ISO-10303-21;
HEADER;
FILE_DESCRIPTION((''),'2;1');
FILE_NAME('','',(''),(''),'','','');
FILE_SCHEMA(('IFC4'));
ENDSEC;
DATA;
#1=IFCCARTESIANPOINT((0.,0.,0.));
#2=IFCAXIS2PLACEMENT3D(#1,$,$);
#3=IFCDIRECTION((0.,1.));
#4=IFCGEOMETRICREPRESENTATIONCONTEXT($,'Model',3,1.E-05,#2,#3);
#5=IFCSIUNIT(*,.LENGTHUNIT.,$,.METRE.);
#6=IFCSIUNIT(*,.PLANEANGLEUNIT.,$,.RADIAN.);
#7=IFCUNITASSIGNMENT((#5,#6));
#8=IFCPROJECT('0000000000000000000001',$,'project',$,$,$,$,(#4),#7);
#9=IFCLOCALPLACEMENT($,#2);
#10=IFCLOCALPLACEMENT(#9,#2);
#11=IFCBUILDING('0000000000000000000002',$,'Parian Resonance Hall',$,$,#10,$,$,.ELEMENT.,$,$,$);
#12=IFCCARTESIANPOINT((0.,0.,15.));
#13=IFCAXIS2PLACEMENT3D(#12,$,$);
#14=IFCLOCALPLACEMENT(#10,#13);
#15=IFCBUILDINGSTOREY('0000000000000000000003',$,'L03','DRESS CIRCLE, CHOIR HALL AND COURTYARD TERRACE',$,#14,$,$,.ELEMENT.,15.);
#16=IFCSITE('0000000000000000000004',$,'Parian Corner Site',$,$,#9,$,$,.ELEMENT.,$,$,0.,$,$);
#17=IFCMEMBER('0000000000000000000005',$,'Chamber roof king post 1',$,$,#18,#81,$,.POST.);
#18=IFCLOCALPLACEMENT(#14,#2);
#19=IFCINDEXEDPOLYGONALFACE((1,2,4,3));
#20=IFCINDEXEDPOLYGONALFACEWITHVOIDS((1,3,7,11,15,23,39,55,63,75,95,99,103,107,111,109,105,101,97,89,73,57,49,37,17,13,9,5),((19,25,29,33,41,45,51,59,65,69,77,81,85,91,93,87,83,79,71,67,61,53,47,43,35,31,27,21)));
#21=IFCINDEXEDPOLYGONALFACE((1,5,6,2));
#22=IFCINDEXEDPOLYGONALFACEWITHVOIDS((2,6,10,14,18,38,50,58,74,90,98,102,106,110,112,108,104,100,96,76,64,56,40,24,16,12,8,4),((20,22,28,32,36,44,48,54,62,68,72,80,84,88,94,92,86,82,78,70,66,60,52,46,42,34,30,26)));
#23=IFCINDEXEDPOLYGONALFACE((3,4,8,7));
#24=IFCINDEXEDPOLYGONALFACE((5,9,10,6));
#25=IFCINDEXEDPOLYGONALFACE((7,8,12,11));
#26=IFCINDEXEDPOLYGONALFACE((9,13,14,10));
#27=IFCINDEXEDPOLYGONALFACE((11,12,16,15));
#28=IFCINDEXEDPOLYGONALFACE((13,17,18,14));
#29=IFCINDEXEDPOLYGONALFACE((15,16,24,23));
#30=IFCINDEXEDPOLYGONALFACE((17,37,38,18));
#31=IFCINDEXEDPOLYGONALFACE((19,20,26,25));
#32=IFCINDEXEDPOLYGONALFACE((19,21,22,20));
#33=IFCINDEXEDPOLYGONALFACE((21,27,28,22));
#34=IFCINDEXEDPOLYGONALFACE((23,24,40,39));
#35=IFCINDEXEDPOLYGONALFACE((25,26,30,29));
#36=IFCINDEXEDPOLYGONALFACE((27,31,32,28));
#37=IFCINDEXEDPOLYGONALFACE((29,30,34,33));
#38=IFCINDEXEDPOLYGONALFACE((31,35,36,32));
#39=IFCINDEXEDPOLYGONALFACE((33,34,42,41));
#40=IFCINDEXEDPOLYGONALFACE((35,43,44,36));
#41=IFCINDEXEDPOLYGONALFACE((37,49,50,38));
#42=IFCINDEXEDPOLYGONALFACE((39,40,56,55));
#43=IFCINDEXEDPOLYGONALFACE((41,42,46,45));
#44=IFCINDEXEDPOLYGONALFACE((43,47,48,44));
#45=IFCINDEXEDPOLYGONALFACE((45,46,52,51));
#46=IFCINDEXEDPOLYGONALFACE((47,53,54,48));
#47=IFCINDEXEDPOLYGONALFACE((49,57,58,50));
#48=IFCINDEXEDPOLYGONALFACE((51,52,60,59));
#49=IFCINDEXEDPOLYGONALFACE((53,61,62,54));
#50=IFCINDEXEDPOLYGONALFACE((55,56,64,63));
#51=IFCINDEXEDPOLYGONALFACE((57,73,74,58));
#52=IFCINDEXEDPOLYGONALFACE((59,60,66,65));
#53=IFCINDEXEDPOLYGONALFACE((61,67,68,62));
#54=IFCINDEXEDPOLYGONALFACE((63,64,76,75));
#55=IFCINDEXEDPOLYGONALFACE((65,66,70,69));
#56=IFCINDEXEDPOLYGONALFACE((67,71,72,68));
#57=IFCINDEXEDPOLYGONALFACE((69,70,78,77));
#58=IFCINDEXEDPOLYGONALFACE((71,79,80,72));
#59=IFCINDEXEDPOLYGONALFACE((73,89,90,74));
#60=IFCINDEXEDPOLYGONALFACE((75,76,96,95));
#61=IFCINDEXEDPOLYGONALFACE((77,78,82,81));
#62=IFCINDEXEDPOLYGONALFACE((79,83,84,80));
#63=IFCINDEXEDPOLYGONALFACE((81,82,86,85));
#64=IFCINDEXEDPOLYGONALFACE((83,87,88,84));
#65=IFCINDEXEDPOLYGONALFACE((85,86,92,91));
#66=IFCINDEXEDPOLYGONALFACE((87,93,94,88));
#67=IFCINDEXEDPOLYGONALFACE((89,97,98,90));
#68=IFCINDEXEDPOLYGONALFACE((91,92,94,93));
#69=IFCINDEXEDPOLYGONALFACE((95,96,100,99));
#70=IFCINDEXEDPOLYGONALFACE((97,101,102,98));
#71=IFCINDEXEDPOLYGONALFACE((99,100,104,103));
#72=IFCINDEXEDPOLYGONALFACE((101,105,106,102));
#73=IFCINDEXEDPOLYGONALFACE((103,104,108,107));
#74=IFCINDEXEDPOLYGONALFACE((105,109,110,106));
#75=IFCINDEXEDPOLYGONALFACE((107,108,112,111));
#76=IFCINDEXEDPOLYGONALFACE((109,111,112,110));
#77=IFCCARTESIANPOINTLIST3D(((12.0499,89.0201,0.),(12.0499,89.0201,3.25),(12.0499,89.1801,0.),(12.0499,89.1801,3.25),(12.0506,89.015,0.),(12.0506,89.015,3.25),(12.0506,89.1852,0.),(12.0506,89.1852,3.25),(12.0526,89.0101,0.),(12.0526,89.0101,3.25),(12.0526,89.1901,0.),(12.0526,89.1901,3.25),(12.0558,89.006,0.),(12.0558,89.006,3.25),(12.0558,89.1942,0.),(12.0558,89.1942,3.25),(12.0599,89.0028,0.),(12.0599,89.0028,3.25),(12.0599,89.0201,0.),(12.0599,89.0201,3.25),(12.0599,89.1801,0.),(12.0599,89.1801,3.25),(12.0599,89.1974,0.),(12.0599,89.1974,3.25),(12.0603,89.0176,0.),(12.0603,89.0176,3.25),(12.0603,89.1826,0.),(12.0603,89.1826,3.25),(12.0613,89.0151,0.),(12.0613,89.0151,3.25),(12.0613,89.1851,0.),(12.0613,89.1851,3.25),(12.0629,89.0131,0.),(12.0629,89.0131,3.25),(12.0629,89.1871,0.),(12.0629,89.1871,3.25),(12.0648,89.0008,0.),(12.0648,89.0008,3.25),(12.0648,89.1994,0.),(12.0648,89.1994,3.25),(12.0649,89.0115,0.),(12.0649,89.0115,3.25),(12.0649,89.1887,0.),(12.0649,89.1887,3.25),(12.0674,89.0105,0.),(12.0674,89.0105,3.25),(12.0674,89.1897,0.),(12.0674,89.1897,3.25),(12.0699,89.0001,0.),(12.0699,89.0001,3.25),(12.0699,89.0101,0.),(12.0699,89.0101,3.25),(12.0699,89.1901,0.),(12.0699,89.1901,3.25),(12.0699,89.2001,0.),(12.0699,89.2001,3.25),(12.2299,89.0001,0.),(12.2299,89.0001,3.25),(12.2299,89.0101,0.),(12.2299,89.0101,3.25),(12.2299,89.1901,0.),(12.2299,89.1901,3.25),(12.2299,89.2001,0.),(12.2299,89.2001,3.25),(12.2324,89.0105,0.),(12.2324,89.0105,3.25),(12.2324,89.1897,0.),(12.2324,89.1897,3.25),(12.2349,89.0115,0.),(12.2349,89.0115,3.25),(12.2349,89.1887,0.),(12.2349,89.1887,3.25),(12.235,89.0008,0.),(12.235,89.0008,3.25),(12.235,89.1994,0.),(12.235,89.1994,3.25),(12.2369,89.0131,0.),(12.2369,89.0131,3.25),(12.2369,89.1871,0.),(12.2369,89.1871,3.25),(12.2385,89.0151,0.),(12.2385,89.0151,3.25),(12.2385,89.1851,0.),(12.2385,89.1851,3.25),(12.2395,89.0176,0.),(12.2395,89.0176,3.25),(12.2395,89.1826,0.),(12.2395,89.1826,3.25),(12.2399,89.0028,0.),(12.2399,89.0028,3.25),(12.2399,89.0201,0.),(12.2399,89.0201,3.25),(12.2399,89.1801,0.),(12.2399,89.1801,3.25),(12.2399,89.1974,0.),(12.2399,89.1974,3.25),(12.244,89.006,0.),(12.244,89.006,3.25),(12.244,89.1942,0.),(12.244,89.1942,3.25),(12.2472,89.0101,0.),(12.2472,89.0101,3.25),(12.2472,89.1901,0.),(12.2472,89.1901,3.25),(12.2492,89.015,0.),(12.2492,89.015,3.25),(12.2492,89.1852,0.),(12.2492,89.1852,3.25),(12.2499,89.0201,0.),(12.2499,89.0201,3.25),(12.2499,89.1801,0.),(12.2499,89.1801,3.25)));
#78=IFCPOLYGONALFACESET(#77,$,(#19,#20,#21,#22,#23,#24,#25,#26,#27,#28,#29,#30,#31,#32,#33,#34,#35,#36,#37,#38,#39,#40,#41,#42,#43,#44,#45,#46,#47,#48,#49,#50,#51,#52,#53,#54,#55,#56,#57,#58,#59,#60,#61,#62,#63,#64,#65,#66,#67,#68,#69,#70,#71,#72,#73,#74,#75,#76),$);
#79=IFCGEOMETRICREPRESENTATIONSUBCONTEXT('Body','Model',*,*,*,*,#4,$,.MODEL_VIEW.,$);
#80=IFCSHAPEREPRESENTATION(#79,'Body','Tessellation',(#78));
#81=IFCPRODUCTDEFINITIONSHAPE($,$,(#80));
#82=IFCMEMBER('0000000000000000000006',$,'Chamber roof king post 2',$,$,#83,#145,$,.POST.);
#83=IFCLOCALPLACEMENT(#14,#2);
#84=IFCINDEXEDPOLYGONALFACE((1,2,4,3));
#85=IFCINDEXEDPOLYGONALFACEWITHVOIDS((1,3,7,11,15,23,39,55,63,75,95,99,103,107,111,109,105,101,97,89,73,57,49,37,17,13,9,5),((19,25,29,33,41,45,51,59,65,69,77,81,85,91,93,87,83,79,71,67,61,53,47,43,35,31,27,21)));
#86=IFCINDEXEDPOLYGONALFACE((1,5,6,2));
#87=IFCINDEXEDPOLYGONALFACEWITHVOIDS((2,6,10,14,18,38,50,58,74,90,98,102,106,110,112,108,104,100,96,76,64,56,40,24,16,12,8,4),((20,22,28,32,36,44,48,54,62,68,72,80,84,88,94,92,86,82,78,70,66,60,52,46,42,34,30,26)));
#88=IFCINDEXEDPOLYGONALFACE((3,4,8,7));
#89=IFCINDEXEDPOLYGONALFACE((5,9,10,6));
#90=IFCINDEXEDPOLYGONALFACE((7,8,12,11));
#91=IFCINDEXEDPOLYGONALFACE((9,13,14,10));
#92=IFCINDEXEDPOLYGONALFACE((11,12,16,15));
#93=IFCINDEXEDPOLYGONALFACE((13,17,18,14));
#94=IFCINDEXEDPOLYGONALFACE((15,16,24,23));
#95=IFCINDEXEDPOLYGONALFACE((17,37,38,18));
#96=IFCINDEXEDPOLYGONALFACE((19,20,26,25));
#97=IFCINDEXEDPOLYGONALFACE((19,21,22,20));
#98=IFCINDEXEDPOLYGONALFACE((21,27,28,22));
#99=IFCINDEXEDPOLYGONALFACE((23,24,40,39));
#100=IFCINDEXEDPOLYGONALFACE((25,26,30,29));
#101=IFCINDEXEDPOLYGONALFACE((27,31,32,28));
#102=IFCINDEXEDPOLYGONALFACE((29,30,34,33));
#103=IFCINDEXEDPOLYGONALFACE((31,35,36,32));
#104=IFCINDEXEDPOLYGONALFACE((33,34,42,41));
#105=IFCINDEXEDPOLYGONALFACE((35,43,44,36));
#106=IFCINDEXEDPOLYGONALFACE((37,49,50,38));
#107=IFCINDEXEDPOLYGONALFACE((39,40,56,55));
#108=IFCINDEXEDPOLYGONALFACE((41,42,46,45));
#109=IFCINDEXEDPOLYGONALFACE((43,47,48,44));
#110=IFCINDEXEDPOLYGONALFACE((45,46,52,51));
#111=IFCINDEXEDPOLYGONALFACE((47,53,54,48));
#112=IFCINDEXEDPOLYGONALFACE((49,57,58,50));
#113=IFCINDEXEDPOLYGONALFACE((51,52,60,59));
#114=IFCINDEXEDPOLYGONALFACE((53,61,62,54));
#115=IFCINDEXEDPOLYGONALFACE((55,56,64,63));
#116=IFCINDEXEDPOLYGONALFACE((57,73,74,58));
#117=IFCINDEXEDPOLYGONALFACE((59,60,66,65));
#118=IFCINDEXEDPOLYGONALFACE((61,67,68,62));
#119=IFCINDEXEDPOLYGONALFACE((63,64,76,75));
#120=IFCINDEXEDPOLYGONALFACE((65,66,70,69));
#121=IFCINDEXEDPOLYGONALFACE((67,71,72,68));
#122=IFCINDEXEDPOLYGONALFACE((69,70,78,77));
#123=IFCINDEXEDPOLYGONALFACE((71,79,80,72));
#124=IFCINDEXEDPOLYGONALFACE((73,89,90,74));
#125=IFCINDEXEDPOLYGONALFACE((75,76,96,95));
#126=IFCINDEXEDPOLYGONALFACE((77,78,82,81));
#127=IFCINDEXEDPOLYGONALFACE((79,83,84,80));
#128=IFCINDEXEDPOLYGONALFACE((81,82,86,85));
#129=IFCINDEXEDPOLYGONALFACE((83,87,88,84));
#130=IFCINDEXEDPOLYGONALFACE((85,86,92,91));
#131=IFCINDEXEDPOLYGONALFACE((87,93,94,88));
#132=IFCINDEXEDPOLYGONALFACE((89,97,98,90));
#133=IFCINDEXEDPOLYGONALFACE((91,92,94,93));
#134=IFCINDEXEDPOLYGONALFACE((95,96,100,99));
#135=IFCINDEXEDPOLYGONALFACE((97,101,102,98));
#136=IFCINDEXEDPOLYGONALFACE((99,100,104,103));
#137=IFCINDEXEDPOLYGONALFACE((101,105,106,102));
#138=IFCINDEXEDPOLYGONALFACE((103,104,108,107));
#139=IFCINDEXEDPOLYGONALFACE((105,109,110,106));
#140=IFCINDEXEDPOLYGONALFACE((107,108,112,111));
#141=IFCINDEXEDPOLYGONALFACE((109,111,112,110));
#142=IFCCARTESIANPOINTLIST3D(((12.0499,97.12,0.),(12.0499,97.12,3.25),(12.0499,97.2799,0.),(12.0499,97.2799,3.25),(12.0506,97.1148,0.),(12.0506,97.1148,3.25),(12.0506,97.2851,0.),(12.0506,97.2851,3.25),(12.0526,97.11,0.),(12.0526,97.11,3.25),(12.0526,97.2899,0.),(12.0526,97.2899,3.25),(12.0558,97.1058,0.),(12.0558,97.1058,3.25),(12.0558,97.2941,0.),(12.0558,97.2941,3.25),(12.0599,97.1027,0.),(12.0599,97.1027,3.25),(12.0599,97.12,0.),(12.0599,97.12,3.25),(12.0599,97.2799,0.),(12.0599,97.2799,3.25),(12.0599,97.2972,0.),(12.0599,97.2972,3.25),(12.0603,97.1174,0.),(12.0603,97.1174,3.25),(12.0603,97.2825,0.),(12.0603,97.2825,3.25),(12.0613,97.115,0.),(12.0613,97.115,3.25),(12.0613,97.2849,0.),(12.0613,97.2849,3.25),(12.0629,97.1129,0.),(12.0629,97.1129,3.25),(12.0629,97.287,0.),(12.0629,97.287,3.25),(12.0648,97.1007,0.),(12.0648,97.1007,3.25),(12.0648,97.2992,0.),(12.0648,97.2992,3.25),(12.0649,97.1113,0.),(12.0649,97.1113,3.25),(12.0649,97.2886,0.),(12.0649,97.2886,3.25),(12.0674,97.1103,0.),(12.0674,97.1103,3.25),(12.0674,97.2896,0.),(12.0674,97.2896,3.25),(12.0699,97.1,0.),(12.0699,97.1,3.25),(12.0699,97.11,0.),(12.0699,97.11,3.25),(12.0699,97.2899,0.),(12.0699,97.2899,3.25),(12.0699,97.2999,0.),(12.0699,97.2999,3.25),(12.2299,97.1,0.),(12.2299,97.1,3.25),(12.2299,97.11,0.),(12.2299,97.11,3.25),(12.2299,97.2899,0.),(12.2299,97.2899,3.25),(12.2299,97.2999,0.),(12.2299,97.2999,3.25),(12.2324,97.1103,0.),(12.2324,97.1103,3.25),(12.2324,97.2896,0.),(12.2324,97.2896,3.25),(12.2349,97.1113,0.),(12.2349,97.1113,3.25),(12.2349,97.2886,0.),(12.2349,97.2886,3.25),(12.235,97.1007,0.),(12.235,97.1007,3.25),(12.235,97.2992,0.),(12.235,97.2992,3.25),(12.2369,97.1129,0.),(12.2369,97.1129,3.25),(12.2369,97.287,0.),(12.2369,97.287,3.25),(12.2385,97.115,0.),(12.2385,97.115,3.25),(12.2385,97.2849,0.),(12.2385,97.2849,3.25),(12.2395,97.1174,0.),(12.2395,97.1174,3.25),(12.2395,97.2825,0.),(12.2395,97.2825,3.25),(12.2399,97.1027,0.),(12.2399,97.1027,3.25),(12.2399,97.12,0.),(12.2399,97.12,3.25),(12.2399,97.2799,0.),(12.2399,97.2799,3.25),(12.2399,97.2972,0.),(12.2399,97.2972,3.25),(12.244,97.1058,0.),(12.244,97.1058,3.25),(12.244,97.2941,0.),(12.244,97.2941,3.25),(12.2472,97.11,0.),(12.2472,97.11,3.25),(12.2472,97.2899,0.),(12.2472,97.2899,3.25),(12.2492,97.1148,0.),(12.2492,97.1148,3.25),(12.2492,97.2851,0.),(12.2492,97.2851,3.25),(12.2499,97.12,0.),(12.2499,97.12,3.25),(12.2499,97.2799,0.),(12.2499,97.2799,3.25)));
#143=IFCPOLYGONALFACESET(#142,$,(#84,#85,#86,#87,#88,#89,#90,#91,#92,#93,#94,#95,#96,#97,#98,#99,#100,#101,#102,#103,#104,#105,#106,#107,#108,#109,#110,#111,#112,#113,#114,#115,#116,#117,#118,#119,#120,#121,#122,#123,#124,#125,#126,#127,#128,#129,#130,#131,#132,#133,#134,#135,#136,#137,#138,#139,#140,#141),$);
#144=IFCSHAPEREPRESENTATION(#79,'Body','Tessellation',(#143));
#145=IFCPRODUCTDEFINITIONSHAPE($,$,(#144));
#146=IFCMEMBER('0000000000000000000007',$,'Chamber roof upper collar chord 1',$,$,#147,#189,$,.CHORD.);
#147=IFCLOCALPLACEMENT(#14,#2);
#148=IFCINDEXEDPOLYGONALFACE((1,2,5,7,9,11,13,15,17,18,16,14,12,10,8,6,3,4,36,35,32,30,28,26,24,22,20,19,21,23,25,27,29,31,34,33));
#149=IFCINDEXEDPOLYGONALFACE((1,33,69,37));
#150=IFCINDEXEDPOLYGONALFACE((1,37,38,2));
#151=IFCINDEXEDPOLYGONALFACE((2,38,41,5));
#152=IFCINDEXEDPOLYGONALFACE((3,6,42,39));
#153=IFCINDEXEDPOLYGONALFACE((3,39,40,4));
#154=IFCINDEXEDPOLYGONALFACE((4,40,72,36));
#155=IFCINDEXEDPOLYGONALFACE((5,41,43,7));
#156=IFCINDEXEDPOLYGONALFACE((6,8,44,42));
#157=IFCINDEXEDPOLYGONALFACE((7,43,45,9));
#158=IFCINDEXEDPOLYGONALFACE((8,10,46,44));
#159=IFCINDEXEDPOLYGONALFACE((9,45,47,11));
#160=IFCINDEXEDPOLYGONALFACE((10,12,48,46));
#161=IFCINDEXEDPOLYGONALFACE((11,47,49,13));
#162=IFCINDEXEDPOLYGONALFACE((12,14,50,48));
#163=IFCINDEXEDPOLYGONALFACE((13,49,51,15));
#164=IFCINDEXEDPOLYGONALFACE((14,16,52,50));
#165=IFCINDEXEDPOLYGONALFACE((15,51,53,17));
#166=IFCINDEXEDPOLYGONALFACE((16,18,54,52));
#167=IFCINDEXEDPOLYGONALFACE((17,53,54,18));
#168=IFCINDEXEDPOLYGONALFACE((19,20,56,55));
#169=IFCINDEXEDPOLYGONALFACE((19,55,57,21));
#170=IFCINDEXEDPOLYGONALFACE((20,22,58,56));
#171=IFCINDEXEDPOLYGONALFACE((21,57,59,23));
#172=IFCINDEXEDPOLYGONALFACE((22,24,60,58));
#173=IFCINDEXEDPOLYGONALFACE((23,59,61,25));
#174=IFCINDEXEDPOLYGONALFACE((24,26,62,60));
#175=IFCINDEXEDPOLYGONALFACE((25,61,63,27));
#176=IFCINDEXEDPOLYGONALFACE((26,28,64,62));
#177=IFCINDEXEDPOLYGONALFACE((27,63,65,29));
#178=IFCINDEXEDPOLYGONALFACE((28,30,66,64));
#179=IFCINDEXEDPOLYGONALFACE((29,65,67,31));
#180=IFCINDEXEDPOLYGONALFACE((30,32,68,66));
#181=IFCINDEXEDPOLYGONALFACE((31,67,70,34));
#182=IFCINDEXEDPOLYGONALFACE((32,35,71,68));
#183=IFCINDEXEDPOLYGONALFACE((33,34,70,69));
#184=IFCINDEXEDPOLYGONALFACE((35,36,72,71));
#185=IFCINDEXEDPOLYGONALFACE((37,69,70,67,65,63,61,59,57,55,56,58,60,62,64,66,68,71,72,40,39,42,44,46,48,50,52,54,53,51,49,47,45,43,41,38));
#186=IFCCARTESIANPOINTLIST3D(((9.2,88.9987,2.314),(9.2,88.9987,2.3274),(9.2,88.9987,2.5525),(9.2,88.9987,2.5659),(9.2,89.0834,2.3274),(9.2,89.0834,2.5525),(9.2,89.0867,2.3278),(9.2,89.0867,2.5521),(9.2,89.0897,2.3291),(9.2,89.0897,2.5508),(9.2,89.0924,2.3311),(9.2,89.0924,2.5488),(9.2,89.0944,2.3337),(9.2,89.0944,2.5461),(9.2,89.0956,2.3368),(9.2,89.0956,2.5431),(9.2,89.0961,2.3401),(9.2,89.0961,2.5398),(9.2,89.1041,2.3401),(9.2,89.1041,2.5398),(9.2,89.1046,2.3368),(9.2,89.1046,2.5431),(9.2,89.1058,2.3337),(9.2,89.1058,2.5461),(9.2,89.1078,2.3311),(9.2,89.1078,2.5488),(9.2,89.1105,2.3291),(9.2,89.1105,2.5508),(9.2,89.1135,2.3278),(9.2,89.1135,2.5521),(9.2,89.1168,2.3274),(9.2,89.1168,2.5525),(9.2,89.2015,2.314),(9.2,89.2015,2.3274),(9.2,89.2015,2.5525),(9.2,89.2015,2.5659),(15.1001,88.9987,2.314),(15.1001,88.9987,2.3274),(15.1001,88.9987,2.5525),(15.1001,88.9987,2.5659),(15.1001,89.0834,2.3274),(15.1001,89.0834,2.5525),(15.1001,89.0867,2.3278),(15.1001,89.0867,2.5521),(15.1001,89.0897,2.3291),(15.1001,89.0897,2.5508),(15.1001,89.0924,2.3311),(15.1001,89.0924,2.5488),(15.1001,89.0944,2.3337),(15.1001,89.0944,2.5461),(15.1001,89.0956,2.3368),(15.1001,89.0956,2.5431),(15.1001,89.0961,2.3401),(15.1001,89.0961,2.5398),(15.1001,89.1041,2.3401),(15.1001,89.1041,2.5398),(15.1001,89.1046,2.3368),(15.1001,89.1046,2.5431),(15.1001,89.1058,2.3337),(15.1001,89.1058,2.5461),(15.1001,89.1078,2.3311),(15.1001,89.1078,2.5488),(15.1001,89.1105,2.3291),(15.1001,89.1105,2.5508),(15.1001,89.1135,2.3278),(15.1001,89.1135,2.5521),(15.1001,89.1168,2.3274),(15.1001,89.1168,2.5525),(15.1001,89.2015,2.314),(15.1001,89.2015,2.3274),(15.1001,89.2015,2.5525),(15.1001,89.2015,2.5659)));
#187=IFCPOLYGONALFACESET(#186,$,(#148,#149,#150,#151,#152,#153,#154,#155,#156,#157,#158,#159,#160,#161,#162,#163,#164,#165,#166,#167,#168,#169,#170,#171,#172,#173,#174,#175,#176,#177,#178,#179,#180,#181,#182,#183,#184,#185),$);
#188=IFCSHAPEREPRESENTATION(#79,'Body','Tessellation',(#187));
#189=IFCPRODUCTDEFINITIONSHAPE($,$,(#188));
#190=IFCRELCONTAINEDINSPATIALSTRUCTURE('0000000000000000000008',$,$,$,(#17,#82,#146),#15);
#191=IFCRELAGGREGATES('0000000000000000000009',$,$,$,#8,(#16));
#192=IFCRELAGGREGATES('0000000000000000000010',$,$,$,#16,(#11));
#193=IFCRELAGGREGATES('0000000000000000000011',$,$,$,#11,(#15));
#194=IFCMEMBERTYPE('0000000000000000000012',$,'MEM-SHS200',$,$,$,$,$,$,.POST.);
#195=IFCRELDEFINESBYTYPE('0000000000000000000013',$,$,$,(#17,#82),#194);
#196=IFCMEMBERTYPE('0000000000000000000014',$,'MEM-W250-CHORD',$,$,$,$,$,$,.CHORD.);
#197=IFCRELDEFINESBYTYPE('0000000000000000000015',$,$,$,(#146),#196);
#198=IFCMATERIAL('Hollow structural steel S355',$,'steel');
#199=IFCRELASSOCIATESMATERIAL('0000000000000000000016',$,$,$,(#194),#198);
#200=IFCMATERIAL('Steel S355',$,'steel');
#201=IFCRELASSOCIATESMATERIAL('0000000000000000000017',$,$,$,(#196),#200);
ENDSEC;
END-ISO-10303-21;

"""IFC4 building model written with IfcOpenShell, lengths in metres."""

from ifc_helpers import new_model, si_unit, direction, frame, origin, origin_2d, place, context, subcontext, project, spatial, hollow_rectangle, i_section, extrude, material, material_profile, profile_set, type_object, element, save


model = new_model("IFC4")

# Units and contexts
model_context = context("Model", 3, precision=1e-05, world=origin(), true_north=direction((0.0, 1.0)))
body_context = subcontext(model_context, "Body", "Model", "MODEL_VIEW")
ifc_project = project(units=[si_unit("LENGTHUNIT", "METRE"), si_unit("PLANEANGLEUNIT", "RADIAN")], contexts=[model_context])

# Site, building, storey
site_placement = place(None, origin())
site = spatial("IfcSite", under=ifc_project, at=site_placement, Name="Parian Corner Site", CompositionType="ELEMENT", RefElevation=0.0)
building_placement = place(site_placement, origin())
building = spatial("IfcBuilding", under=site, at=building_placement, Name="Parian Resonance Hall", CompositionType="ELEMENT")
storey_placement = place(building_placement, frame((0.0, 0.0, 15.0)))
storey = spatial("IfcBuildingStorey", under=building, at=storey_placement, Name="L03", Description="DRESS CIRCLE, CHOIR HALL AND COURTYARD TERRACE", CompositionType="ELEMENT", Elevation=15.0)

# Members
ifc_material_1 = material(Name="Hollow structural steel S355", Category="steel")
ifc_material_profile_1 = material_profile(ifc_material_1, hollow_rectangle(XDim=0.2, YDim=0.2, WallThickness=0.01, InnerFilletRadius=0.01, OuterFilletRadius=0.02, at=origin_2d()), Name="SHS200x200x10")
ifc_profile_set_1 = profile_set([ifc_material_profile_1], Name="Hollow structural steel S355")
member_type_1 = type_object("IfcMemberType", Name="MEM-SHS200", PredefinedType="POST", material=ifc_profile_set_1)
for number, where, z_axis, x_axis, name in (
    (1, (12.1499, 89.1001, 0.0), (0.0, 0.0, 1.0), (1.0, 0.0, 0.0), "Chamber roof king post 1"),
    (2, (12.1499, 97.2, 0.0), (0.0, 0.0, 1.0), (1.0, 0.0, 0.0), "Chamber roof king post 2"),
):
    element("IfcMember", number, at=place(storey_placement, frame(where, z_axis=z_axis, x_axis=x_axis)), inside=storey, type_object=member_type_1, Name=name, PredefinedType="POST", context=body_context, shape_type="SweptSolid", body=[
        extrude(hollow_rectangle(XDim=0.2, YDim=0.2, WallThickness=0.01, InnerFilletRadius=0.01, OuterFilletRadius=0.02, at=origin_2d()), origin(), (0.0, 0.0, 1.0), 3.25),
    ])
ifc_material_2 = material(Name="Steel S355", Category="steel")
ifc_material_profile_2 = material_profile(ifc_material_2, i_section(OverallWidth=0.2029, OverallDepth=0.252, WebThickness=0.0081, FlangeThickness=0.0134, FilletRadius=0.0127, at=origin_2d()), Name="W250x58")
ifc_profile_set_2 = profile_set([ifc_material_profile_2], Name="Steel S355")
member_type_2 = type_object("IfcMemberType", Name="MEM-W250-CHORD", PredefinedType="CHORD", material=ifc_profile_set_2)
for number, where, z_axis, x_axis, name in (
    (3, (9.2, 89.1001, 2.4399), (1.0, 0.0, 0.0), (0.0, 1.0, 0.0), "Chamber roof upper collar chord 1"),
):
    element("IfcMember", number, at=place(storey_placement, frame(where, z_axis=z_axis, x_axis=x_axis)), inside=storey, type_object=member_type_2, Name=name, PredefinedType="CHORD", context=body_context, shape_type="SweptSolid", body=[
        extrude(i_section(OverallWidth=0.2029, OverallDepth=0.252, WebThickness=0.0081, FlangeThickness=0.0134, FilletRadius=0.0127, at=origin_2d()), origin(), (0.0, 0.0, 1.0), 5.9001),
    ])

save(model, "model.ifc")
